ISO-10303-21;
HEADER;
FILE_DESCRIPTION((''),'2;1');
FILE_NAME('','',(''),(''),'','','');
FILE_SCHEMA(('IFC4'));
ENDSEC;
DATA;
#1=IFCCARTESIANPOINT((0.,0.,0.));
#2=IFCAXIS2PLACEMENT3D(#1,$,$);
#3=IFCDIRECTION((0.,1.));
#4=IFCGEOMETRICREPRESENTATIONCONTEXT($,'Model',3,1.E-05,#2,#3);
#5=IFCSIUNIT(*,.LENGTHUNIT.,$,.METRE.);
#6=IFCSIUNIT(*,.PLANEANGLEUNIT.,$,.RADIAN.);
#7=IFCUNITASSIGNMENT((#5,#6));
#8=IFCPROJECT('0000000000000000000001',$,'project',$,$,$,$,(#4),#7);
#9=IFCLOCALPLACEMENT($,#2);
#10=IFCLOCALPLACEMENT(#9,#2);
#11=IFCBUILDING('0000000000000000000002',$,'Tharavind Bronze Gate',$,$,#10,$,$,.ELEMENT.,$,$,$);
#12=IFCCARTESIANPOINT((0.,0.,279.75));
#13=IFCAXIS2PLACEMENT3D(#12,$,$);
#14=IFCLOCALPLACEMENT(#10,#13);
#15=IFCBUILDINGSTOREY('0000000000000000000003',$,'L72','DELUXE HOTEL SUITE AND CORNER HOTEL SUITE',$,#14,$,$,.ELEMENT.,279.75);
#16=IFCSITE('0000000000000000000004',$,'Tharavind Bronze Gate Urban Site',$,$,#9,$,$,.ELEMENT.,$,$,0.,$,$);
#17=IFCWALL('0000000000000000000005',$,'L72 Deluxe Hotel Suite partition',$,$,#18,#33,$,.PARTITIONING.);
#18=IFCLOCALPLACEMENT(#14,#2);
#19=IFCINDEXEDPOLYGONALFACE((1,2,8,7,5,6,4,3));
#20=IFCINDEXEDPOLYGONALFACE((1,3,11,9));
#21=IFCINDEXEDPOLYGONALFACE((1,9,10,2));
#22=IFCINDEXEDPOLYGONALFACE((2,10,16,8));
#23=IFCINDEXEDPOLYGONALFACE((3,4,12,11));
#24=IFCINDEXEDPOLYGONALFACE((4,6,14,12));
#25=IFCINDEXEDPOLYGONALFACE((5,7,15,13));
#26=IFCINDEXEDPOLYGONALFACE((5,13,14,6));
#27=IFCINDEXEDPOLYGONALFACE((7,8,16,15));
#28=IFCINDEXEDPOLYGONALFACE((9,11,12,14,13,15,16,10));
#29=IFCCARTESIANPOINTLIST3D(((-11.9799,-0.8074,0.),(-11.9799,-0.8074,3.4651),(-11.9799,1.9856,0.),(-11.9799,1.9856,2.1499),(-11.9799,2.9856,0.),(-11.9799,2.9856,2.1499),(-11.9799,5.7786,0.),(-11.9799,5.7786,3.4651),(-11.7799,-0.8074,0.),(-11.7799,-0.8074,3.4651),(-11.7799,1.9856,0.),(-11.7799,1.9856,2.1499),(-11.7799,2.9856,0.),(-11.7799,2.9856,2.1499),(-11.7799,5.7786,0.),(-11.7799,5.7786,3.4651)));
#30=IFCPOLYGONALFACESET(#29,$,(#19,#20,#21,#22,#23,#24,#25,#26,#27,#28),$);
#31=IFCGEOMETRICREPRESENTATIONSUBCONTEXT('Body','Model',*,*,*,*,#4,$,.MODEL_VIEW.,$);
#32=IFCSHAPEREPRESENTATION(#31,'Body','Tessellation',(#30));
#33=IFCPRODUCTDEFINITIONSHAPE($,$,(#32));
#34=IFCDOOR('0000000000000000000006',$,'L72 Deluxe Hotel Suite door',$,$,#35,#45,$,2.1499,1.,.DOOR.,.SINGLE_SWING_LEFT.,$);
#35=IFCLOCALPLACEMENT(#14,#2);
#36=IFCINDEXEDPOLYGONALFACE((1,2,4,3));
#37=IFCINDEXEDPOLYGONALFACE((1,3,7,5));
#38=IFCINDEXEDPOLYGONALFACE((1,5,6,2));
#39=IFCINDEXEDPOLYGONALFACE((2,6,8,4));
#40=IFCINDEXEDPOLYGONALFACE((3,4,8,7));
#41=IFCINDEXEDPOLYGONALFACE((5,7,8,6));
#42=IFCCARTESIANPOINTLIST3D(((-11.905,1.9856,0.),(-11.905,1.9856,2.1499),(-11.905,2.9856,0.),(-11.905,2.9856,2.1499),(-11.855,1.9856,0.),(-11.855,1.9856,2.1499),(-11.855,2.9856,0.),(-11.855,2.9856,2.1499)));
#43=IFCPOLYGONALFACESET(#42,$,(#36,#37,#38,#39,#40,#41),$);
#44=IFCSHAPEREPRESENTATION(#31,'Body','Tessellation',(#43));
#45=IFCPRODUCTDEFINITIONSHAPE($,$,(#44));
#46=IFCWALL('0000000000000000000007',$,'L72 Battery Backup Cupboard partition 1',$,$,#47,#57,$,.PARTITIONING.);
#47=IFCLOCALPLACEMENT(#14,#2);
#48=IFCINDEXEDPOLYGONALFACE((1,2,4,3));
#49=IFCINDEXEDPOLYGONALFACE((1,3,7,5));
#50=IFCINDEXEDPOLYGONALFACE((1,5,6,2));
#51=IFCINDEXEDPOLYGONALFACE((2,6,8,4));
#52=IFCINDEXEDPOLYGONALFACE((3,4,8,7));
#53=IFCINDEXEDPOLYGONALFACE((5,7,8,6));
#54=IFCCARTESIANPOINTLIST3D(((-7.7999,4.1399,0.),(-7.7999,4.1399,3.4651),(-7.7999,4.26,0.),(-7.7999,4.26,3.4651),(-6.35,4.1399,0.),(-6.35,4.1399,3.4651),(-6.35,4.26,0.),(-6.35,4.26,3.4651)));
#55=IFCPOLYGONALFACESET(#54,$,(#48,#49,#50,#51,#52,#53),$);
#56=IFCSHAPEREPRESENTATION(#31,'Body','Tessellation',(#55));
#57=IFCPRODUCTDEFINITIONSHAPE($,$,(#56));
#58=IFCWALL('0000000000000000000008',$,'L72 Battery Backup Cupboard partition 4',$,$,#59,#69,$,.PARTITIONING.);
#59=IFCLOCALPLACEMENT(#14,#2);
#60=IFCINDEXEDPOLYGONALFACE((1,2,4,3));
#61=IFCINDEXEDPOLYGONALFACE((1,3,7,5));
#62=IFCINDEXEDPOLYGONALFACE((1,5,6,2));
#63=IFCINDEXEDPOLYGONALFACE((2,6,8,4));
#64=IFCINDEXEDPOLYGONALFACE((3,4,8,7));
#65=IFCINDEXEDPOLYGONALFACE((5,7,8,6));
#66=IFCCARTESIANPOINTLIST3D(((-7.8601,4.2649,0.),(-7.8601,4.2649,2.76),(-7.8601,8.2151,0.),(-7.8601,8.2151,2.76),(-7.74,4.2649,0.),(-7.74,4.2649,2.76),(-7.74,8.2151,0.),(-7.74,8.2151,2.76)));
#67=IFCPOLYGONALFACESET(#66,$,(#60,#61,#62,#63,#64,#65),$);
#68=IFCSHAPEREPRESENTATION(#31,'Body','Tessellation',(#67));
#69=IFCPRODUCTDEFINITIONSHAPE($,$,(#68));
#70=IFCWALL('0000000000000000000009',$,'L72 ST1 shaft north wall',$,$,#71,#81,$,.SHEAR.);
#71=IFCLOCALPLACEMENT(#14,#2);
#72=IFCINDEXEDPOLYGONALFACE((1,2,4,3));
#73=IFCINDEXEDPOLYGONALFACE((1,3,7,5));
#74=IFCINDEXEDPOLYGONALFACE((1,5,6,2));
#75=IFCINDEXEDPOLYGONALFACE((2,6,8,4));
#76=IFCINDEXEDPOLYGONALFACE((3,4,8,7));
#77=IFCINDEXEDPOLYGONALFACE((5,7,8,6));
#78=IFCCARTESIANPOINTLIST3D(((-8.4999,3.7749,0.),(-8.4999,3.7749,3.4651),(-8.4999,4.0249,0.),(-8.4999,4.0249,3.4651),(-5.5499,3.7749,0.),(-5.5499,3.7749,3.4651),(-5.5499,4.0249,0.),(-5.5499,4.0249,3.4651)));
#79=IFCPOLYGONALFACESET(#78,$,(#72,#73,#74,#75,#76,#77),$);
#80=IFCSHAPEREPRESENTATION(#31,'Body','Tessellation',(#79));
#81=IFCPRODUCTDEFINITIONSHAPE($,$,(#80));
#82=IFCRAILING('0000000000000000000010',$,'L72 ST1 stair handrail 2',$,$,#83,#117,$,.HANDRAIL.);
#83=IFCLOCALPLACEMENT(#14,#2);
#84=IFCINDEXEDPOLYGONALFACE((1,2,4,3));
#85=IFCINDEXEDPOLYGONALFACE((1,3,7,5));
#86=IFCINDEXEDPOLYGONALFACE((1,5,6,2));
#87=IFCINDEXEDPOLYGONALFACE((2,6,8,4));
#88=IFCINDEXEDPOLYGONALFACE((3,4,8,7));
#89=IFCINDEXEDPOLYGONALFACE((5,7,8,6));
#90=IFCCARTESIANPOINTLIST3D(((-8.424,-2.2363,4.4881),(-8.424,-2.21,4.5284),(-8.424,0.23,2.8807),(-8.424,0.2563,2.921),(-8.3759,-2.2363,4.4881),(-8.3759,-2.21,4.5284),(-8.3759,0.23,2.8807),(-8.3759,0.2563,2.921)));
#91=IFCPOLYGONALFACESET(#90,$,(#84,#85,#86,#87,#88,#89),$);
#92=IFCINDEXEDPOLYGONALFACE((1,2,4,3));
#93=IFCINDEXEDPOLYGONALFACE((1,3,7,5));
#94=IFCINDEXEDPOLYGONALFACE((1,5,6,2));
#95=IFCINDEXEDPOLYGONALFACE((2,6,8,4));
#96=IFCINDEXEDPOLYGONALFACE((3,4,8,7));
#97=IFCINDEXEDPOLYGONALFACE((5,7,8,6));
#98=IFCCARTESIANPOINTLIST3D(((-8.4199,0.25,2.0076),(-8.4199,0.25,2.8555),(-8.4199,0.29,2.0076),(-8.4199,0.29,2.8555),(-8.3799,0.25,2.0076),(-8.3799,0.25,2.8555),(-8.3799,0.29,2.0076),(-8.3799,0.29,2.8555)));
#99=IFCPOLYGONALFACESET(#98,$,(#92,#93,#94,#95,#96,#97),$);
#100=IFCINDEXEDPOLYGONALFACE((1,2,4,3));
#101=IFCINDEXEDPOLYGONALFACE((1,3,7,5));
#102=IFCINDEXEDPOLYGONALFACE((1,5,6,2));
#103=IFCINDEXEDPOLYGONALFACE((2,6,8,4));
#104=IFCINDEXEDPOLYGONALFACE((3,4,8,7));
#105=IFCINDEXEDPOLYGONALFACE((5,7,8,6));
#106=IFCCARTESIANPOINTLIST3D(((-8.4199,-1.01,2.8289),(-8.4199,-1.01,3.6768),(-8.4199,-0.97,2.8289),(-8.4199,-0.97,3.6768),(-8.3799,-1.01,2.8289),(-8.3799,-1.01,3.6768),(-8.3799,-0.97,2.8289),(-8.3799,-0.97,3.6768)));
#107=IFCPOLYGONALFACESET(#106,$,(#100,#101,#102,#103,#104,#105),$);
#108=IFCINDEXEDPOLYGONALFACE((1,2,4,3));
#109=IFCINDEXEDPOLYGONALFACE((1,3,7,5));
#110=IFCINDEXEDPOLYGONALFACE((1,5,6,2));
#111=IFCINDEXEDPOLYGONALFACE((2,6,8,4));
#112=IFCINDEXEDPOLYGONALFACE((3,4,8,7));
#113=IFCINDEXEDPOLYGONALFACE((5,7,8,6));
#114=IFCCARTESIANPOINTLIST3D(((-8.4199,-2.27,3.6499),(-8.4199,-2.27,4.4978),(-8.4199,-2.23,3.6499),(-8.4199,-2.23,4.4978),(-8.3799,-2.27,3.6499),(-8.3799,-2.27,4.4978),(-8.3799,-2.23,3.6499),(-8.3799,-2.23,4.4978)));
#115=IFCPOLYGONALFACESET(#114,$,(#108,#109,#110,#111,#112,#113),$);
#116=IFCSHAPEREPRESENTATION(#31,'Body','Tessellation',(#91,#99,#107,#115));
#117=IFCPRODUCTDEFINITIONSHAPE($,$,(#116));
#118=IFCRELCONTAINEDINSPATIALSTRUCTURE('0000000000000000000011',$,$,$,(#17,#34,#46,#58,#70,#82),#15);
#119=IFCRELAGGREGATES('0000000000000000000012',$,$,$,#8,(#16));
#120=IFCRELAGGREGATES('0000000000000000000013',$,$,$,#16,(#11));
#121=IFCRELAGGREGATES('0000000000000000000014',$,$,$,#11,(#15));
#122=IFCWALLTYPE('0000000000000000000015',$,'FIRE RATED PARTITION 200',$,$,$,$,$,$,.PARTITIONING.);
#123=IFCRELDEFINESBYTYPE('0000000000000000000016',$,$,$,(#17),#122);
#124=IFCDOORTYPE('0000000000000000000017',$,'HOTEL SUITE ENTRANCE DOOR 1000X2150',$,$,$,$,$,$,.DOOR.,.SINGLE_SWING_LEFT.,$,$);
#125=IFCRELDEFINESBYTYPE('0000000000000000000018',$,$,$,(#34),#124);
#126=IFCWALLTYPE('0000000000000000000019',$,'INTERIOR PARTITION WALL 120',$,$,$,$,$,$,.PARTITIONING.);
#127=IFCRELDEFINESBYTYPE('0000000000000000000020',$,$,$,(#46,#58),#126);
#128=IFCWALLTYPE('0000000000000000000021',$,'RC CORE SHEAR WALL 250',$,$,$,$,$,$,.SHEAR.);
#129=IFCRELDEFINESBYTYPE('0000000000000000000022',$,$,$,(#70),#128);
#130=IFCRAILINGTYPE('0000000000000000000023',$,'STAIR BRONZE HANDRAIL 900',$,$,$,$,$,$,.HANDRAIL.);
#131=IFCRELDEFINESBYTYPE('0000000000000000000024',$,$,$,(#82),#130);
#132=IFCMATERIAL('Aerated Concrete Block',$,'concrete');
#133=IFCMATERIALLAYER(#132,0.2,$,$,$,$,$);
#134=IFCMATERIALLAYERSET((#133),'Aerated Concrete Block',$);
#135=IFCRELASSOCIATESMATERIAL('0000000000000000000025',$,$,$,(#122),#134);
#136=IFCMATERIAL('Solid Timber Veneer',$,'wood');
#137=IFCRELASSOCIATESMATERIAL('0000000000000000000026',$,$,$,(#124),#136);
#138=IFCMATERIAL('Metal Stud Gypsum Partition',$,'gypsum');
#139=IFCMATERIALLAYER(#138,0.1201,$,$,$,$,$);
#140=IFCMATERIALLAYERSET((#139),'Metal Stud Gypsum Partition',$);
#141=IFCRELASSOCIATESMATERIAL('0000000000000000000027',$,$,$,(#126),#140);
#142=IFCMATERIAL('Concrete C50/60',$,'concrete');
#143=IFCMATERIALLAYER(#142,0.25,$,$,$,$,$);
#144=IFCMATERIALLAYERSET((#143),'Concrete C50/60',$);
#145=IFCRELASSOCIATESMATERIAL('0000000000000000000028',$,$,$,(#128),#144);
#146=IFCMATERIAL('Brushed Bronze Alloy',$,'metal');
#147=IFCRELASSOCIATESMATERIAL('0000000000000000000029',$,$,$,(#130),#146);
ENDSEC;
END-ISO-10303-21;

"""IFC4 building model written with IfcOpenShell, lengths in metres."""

from ifc_helpers import new_model, si_unit, direction, frame, frame_2d, origin, origin_2d, place, context, subcontext, project, spatial, rectangle, extrude, material, layer, layer_set, type_object, element, fill, save


model = new_model("IFC4")

# Units and contexts
model_context = context("Model", 3, precision=1e-05, world=origin(), true_north=direction((0.0, 1.0)))
body_context = subcontext(model_context, "Body", "Model", "MODEL_VIEW")
ifc_project = project(units=[si_unit("LENGTHUNIT", "METRE"), si_unit("PLANEANGLEUNIT", "RADIAN")], contexts=[model_context])

# Site, building, storey
site_placement = place(None, origin())
site = spatial("IfcSite", under=ifc_project, at=site_placement, Name="Tharavind Bronze Gate Urban Site", CompositionType="ELEMENT", RefElevation=0.0)
building_placement = place(site_placement, origin())
building = spatial("IfcBuilding", under=site, at=building_placement, Name="Tharavind Bronze Gate", CompositionType="ELEMENT")
storey_placement = place(building_placement, frame((0.0, 0.0, 279.75)))
storey = spatial("IfcBuildingStorey", under=building, at=storey_placement, Name="L72", Description="DELUXE HOTEL SUITE AND CORNER HOTEL SUITE", CompositionType="ELEMENT", Elevation=279.75)

# Shared definitions
ifc_material_1 = material(Name="Concrete C50/60", Category="concrete")

# Shared definitions
ifc_material_2 = material(Name="Aerated Concrete Block", Category="concrete")
ifc_layer_1 = layer(ifc_material_2, 0.2)
ifc_layer_set_1 = layer_set([ifc_layer_1], Name="Aerated Concrete Block")
wall_type_1 = type_object("IfcWallType", Name="FIRE RATED PARTITION 200", PredefinedType="PARTITIONING", material=ifc_layer_set_1)

# Wall, opening, door
wall_1_placement = place(storey_placement, frame((-11.8799, 5.7786, 0.0), z_axis=(0.0, 0.0, 1.0), x_axis=(0.0, -1.0, 0.0)))
wall_1 = element("IfcWall", 1, at=wall_1_placement, inside=storey, type_object=wall_type_1, Name="L72 Deluxe Hotel Suite partition", PredefinedType="PARTITIONING", context=body_context, shape_type="SweptSolid", body=[
    extrude(rectangle(XDim=6.5859, YDim=0.2, at=frame_2d((3.293, 0.0))), origin(), (0.0, 0.0, 1.0), 3.4651),
])
opening_1_placement = place(wall_1_placement, frame((2.793, 0.0, 0.0)))
opening_1 = element("IfcOpeningElement", 2, at=opening_1_placement, cuts=wall_1, PredefinedType="OPENING", context=body_context, shape_type="SweptSolid", body=[
    extrude(rectangle(XDim=1.0, YDim=2.1499, at=frame_2d((0.5, 1.075))), frame((0.0, 0.1101, 0.0), z_axis=(0.0, -1.0, 0.0), x_axis=(1.0, 0.0, 0.0)), (0.0, 0.0, 1.0), 0.22),
])
ifc_material_3 = material(Name="Solid Timber Veneer", Category="wood")
door_type_1 = type_object("IfcDoorType", Name="HOTEL SUITE ENTRANCE DOOR 1000X2150", OperationType="SINGLE_SWING_LEFT", PredefinedType="DOOR", material=ifc_material_3)
door_1_placement = place(opening_1_placement, origin())
door_1 = element("IfcDoor", 3, at=door_1_placement, inside=storey, type_object=door_type_1, Name="L72 Deluxe Hotel Suite door", OperationType="SINGLE_SWING_LEFT", OverallHeight=2.1499, OverallWidth=1.0, PredefinedType="DOOR", context=body_context, shape_type="SweptSolid", body=[
    extrude(rectangle(XDim=1.0, YDim=2.1499, at=frame_2d((0.5, 1.075))), frame((0.0, 0.0249, 0.0), z_axis=(0.0, -1.0, 0.0), x_axis=(1.0, 0.0, 0.0)), (0.0, 0.0, 1.0), 0.05),
])
fill(opening_1, door_1)

# Walls
ifc_material_4 = material(Name="Metal Stud Gypsum Partition", Category="gypsum")
ifc_layer_2 = layer(ifc_material_4, 0.1201)
ifc_layer_set_2 = layer_set([ifc_layer_2], Name="Metal Stud Gypsum Partition")
wall_type_2 = type_object("IfcWallType", Name="INTERIOR PARTITION WALL 120", PredefinedType="PARTITIONING", material=ifc_layer_set_2)
wall_2_placement = place(storey_placement, frame((-7.8, 4.2, 0.0), z_axis=(0.0, 0.0, 1.0), x_axis=(1.0, 0.0, 0.0)))
element("IfcWall", 4, at=wall_2_placement, inside=storey, type_object=wall_type_2, Name="L72 Battery Backup Cupboard partition 1", PredefinedType="PARTITIONING", context=body_context, shape_type="SweptSolid", body=[
    extrude(rectangle(XDim=1.45, YDim=0.1201, at=frame_2d((0.7251, 0.0))), origin(), (0.0, 0.0, 1.0), 3.4651),
])
wall_3_placement = place(storey_placement, frame((-7.8, 8.2151, 0.0), z_axis=(0.0, 0.0, 1.0), x_axis=(0.0, -1.0, 0.0)))
element("IfcWall", 5, at=wall_3_placement, inside=storey, type_object=wall_type_2, Name="L72 Battery Backup Cupboard partition 4", PredefinedType="PARTITIONING", context=body_context, shape_type="SweptSolid", body=[
    extrude(rectangle(XDim=3.9502, YDim=0.1201, at=frame_2d((1.9751, 0.0))), origin(), (0.0, 0.0, 1.0), 2.76),
])
ifc_layer_3 = layer(ifc_material_1, 0.25)
ifc_layer_set_3 = layer_set([ifc_layer_3], Name="Concrete C50/60")
wall_type_3 = type_object("IfcWallType", Name="RC CORE SHEAR WALL 250", PredefinedType="SHEAR", material=ifc_layer_set_3)
wall_4_placement = place(storey_placement, frame((-8.5, 3.8999, 0.0), z_axis=(0.0, 0.0, 1.0), x_axis=(1.0, 0.0, 0.0)))
element("IfcWall", 6, at=wall_4_placement, inside=storey, type_object=wall_type_3, Name="L72 ST1 shaft north wall", PredefinedType="SHEAR", context=body_context, shape_type="SweptSolid", body=[
    extrude(rectangle(XDim=2.95, YDim=0.25, at=frame_2d((1.4751, 0.0))), origin(), (0.0, 0.0, 1.0), 3.4651),
])

# Railing
ifc_material_5 = material(Name="Brushed Bronze Alloy", Category="metal")
railing_type = type_object("IfcRailingType", Name="STAIR BRONZE HANDRAIL 900", PredefinedType="HANDRAIL", material=ifc_material_5)
railing_placement = place(storey_placement, frame((-8.3999, 0.27, 2.0076)))
element("IfcRailing", 7, at=railing_placement, inside=storey, type_object=railing_type, Name="L72 ST1 stair handrail 2", PredefinedType="HANDRAIL", context=body_context, shape_type="SweptSolid", body=[
    extrude(rectangle(XDim=0.0481, YDim=0.0481, at=origin_2d()), frame((0.0, -0.0269, 0.8933), z_axis=(0.0, -0.837787, 0.545998), x_axis=(1.0, 0.0, 0.0)), (0.0, 0.0, 1.0), 2.9438),
    extrude(rectangle(XDim=0.04, YDim=0.04, at=origin_2d()), origin(), (0.0, 0.0, 1.0), 0.8479),
    extrude(rectangle(XDim=0.04, YDim=0.04, at=origin_2d()), frame((0.0, -1.26, 0.8213)), (0.0, 0.0, 1.0), 0.8479),
    extrude(rectangle(XDim=0.04, YDim=0.04, at=origin_2d()), frame((0.0, -2.52, 1.6423)), (0.0, 0.0, 1.0), 0.8479),
])

save(model, "model.ifc")
